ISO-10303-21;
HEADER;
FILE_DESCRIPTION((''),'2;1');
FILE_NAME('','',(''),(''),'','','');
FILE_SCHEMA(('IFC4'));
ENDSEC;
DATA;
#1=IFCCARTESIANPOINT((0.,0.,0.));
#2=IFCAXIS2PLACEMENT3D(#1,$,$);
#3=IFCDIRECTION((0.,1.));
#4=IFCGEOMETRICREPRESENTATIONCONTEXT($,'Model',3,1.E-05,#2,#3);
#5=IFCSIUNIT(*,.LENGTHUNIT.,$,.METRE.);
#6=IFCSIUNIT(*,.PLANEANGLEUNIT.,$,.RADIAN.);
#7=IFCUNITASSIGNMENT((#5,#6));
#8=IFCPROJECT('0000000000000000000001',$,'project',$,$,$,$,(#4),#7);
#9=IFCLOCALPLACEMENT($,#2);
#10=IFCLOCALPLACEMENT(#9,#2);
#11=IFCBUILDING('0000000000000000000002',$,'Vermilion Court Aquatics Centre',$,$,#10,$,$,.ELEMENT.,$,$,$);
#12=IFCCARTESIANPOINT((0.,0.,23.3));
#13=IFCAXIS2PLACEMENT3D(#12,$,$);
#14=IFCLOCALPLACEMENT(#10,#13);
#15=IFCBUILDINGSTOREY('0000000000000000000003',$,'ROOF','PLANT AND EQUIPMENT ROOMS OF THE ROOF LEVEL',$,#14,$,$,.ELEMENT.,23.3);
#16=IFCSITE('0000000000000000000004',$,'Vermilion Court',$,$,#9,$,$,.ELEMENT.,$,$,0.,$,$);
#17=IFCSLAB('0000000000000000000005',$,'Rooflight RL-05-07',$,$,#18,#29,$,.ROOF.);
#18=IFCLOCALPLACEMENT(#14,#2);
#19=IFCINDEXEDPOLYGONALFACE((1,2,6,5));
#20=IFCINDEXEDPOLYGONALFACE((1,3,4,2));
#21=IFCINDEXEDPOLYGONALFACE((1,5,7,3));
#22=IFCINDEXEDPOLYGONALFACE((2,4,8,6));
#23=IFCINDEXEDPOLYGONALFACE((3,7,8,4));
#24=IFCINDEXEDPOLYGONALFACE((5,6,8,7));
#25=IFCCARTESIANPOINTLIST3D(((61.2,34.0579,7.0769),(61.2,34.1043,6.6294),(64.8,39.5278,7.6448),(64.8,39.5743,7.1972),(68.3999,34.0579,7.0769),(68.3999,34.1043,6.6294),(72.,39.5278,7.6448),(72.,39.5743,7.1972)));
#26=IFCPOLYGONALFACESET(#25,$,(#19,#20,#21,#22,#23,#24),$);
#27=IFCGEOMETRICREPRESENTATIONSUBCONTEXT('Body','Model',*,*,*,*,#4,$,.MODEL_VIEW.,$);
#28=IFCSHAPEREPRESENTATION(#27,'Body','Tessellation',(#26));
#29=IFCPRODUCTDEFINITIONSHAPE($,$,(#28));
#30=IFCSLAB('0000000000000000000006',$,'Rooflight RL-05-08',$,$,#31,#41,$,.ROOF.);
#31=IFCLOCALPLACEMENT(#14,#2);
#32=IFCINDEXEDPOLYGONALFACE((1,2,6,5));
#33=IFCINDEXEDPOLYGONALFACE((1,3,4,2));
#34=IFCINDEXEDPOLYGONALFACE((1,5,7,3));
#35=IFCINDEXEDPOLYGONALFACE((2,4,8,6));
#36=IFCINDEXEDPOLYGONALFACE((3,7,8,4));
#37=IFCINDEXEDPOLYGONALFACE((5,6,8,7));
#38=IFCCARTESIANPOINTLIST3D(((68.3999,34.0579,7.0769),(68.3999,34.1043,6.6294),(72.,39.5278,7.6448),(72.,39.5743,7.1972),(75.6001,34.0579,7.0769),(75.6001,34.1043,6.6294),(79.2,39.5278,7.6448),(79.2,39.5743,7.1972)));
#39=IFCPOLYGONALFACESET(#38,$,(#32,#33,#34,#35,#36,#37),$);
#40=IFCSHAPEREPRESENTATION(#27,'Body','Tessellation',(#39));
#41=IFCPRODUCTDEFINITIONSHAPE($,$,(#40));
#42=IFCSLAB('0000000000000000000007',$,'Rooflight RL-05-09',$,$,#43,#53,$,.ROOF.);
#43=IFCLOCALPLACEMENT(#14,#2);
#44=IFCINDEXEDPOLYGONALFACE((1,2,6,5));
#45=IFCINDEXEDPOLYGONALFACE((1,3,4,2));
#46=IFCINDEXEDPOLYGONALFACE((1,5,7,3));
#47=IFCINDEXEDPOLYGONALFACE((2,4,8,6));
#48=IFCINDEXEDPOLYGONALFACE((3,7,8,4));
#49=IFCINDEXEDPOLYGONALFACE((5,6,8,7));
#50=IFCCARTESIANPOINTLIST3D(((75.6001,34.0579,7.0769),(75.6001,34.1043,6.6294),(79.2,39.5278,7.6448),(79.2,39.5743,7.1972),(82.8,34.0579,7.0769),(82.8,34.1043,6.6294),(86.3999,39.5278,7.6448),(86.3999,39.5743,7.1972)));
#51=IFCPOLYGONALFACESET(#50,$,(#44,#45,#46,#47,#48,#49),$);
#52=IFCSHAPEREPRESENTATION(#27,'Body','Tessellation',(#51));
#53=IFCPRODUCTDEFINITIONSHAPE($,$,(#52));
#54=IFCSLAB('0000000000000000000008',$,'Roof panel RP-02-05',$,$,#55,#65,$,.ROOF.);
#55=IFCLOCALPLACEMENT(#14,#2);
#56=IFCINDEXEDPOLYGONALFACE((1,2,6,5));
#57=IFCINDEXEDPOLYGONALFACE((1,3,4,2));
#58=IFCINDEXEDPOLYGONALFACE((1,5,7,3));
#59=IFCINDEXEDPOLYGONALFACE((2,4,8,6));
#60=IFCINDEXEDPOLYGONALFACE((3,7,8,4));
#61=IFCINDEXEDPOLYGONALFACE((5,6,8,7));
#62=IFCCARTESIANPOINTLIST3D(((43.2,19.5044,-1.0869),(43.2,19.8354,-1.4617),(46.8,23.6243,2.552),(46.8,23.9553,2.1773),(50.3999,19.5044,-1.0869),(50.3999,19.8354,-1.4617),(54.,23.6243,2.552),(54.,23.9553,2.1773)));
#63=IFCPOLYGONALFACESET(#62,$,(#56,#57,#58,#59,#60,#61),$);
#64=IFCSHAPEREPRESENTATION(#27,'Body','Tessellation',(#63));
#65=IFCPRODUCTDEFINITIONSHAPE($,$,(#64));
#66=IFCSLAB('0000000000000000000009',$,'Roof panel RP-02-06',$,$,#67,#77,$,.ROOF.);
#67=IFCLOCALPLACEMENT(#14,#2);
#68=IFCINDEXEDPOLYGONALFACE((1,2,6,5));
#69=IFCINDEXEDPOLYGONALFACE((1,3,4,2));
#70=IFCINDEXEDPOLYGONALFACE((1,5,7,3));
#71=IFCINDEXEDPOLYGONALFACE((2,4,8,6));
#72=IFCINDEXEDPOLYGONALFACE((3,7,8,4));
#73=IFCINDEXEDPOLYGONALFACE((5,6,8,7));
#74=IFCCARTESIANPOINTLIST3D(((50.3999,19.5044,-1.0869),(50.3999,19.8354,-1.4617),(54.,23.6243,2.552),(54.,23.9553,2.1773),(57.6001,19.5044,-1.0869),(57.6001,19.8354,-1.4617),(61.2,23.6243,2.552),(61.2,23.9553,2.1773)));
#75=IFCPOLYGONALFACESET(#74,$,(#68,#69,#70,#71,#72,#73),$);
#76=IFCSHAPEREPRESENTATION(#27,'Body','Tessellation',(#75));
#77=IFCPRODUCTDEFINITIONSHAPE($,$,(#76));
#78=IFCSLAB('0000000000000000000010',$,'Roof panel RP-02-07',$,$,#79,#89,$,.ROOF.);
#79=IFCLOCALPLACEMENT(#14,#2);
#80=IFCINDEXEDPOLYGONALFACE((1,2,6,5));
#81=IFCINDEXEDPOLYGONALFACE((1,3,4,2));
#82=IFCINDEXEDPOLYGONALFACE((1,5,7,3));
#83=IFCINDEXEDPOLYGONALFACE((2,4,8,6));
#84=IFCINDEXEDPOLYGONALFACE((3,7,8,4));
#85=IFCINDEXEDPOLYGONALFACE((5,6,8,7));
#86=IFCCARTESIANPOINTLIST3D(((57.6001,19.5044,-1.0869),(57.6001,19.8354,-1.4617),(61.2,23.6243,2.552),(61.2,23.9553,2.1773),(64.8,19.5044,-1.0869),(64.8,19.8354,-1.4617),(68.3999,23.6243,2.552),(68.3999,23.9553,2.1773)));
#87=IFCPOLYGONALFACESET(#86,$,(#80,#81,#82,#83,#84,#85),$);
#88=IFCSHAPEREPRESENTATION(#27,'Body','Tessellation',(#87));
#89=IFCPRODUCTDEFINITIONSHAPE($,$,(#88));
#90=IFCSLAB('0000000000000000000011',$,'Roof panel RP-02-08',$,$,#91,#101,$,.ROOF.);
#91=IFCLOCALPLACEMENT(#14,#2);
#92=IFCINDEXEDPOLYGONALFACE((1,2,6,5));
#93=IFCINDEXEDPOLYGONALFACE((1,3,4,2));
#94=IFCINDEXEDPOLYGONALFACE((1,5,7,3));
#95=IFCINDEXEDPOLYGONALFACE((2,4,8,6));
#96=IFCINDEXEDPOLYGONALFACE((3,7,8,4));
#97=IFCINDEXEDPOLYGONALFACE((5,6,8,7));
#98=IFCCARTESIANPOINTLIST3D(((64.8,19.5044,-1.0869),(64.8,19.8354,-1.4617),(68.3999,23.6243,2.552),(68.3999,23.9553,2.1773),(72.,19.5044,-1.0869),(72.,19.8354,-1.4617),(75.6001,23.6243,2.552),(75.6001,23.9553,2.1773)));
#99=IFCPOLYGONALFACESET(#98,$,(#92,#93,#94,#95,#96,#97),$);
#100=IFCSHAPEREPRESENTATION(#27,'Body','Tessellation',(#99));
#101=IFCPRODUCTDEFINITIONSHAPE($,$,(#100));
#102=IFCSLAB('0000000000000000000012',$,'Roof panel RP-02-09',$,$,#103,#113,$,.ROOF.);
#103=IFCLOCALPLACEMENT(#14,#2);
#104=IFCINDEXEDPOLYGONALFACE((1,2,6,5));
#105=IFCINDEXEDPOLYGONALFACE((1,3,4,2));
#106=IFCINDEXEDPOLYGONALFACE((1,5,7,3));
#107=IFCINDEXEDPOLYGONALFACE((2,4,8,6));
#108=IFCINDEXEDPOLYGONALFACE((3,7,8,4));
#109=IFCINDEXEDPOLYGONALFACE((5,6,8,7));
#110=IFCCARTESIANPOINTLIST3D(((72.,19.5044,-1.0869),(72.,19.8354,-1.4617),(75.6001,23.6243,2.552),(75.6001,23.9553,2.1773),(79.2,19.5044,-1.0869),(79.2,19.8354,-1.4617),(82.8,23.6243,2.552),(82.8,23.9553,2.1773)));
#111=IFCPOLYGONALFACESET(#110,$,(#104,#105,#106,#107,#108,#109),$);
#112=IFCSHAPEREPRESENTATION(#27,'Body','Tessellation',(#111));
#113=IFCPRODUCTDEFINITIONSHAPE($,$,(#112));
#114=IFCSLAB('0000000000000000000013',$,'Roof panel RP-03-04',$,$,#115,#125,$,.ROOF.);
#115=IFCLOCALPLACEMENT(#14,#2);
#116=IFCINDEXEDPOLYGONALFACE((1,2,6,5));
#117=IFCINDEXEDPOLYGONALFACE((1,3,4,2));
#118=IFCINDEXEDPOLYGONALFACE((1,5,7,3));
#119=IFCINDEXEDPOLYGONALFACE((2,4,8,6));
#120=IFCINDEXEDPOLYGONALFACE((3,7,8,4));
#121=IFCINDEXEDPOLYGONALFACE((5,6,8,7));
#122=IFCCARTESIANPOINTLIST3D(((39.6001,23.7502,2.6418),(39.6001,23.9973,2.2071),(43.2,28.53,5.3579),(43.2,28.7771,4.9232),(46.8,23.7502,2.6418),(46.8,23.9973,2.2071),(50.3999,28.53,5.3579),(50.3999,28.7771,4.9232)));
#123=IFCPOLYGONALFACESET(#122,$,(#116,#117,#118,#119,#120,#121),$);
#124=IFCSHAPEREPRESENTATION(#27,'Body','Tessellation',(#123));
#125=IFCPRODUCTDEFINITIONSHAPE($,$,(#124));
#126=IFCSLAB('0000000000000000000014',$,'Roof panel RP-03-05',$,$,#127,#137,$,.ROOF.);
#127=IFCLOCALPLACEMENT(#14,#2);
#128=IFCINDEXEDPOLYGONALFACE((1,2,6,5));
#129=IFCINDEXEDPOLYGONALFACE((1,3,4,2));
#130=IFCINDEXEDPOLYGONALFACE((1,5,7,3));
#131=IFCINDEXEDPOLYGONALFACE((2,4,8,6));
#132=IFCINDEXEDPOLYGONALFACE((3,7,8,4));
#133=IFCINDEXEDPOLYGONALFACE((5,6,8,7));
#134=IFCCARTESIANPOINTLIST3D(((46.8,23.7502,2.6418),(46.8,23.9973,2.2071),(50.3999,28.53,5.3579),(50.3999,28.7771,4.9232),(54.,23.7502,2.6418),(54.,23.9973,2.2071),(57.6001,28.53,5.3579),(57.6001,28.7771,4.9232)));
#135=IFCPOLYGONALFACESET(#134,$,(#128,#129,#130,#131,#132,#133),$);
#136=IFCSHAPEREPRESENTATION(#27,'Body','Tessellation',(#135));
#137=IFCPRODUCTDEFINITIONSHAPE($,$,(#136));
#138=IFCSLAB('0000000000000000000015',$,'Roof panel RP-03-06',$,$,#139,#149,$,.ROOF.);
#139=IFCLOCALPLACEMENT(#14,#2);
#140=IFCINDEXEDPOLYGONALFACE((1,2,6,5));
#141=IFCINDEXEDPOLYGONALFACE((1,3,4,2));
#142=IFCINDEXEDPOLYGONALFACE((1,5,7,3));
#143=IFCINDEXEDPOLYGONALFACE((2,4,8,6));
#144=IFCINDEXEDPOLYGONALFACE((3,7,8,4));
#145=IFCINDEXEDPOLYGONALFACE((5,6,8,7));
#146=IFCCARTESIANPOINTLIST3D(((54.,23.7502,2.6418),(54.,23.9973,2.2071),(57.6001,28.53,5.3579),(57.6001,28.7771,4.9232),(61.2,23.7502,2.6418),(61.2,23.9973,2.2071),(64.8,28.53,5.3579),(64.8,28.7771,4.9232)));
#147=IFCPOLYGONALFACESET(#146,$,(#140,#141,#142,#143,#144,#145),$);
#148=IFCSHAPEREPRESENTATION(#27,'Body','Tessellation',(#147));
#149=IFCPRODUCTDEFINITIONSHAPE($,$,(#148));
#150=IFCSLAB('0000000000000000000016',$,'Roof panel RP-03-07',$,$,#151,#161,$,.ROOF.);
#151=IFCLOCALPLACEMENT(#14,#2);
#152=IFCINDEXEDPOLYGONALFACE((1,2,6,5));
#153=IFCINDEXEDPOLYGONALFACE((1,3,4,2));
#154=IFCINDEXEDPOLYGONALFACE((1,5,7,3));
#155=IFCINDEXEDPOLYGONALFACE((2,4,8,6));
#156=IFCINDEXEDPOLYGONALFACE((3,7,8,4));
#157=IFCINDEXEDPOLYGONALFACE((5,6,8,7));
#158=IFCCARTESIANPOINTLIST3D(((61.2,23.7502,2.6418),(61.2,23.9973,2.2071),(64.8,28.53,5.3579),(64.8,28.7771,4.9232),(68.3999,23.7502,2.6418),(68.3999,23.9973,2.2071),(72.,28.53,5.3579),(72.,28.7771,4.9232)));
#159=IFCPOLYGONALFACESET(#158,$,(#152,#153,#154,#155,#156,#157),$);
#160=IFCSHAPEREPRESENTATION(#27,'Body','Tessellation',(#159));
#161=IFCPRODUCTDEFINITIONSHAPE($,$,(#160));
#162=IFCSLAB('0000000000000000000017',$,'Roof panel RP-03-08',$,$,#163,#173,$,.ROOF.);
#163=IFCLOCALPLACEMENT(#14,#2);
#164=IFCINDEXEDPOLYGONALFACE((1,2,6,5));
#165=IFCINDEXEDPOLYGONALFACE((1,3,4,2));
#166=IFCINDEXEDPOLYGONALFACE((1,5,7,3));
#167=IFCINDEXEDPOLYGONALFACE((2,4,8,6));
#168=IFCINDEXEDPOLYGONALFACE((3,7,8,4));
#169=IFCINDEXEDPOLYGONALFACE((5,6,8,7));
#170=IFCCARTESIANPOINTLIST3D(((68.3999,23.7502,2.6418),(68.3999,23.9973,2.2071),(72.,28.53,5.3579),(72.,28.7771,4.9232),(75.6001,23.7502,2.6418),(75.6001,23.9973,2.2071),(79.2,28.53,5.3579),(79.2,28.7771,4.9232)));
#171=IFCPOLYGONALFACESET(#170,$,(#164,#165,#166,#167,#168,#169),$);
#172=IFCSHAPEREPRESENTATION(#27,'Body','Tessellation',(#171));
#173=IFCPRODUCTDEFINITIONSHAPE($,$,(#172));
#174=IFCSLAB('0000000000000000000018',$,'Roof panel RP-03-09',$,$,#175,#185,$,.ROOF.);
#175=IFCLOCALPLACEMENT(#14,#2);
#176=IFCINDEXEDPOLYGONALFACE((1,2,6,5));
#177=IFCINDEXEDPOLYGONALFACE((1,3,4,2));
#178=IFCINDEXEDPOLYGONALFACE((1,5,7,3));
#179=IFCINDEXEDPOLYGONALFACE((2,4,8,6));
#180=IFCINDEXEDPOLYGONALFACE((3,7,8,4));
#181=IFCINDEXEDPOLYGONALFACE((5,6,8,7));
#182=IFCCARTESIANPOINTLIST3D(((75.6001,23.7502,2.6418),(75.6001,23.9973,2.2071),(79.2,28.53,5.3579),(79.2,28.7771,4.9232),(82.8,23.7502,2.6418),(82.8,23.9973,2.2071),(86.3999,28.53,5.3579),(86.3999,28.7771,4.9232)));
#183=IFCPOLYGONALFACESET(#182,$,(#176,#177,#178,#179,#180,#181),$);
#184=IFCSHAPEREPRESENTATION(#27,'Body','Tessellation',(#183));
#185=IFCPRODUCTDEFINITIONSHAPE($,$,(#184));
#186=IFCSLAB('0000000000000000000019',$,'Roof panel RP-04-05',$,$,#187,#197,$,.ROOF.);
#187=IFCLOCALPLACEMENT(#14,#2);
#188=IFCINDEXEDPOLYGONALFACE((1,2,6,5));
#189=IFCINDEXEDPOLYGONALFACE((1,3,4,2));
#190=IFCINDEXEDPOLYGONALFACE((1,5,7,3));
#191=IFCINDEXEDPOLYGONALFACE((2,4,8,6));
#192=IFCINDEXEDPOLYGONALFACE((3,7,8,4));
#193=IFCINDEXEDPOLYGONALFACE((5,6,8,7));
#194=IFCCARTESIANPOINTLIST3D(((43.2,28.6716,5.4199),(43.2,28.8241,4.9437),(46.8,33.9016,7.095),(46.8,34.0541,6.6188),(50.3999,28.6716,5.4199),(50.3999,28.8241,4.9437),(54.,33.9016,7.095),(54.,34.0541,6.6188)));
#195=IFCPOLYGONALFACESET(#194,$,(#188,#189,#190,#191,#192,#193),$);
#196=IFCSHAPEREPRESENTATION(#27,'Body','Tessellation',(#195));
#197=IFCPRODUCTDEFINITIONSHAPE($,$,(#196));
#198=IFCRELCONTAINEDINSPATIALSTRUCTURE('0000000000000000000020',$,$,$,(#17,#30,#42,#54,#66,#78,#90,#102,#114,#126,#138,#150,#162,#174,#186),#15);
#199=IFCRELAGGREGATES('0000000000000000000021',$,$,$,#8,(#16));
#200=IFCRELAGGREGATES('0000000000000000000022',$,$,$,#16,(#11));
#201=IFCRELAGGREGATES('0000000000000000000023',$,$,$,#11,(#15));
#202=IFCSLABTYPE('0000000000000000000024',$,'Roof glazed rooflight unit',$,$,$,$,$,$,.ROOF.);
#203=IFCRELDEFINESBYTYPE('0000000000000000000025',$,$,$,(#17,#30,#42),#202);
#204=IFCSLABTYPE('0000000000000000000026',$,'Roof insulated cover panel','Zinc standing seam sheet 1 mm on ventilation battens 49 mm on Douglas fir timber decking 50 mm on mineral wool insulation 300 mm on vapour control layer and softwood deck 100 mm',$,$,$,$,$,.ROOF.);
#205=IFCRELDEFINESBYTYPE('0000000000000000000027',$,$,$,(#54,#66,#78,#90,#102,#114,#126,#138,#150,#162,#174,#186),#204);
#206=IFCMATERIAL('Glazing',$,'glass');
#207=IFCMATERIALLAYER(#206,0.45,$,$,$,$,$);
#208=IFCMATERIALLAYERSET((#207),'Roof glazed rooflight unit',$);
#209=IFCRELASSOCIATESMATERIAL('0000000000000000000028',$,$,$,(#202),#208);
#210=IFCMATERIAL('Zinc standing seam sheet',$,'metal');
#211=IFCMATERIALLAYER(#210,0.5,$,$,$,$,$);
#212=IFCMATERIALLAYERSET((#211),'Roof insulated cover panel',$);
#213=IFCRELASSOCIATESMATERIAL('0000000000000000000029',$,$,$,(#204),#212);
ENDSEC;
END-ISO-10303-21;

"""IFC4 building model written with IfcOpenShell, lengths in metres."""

from ifc_helpers import new_model, si_unit, direction, frame, origin, place, context, subcontext, project, spatial, polyline, outline, extrude, material, layer, layer_set, type_object, element, save


model = new_model("IFC4")

# Units and contexts
model_context = context("Model", 3, precision=1e-05, world=origin(), true_north=direction((0.0, 1.0)))
body_context = subcontext(model_context, "Body", "Model", "MODEL_VIEW")
ifc_project = project(units=[si_unit("LENGTHUNIT", "METRE"), si_unit("PLANEANGLEUNIT", "RADIAN")], contexts=[model_context])

# Site, building, storey
site_placement = place(None, origin())
site = spatial("IfcSite", under=ifc_project, at=site_placement, Name="Vermilion Court", CompositionType="ELEMENT", RefElevation=0.0)
building_placement = place(site_placement, origin())
building = spatial("IfcBuilding", under=site, at=building_placement, Name="Vermilion Court Aquatics Centre", CompositionType="ELEMENT")
storey_placement = place(building_placement, frame((0.0, 0.0, 23.3)))
storey = spatial("IfcBuildingStorey", under=building, at=storey_placement, Name="ROOF", Description="PLANT AND EQUIPMENT ROOMS OF THE ROOF LEVEL", CompositionType="ELEMENT", Elevation=23.3)

# Slabs
ifc_material_1 = material(Name="Glazing", Category="glass")
ifc_layer_1 = layer(ifc_material_1, 0.45)
ifc_layer_set_1 = layer_set([ifc_layer_1], Name="Roof glazed rooflight unit")
slab_type_1 = type_object("IfcSlabType", Name="Roof glazed rooflight unit", PredefinedType="ROOF", material=ifc_layer_set_1)
slab_1_placement = place(storey_placement, frame((61.2, 34.0579, 7.0769), z_axis=(0.0, -0.103261, 0.994654), x_axis=(1.0, 0.0, 0.0)))
element("IfcSlab", 1, at=slab_1_placement, inside=storey, type_object=slab_type_1, Name="Rooflight RL-05-07", PredefinedType="ROOF", context=body_context, shape_type="SweptSolid", body=[
    extrude(outline(polyline([(0.0, 0.0), (7.2, 0.0), (10.8, 5.4994), (3.6001, 5.4994), (0.0, 0.0)])), origin(), (0.0, 0.0, -1.0), 0.45),
])
slab_2_placement = place(storey_placement, frame((68.3999, 34.0579, 7.0769), z_axis=(0.0, -0.103261, 0.994654), x_axis=(1.0, 0.0, 0.0)))
element("IfcSlab", 2, at=slab_2_placement, inside=storey, type_object=slab_type_1, Name="Rooflight RL-05-08", PredefinedType="ROOF", context=body_context, shape_type="SweptSolid", body=[
    extrude(outline(polyline([(0.0, 0.0), (7.2002, 0.0), (10.8, 5.4994), (3.6001, 5.4994), (0.0, 0.0)])), origin(), (0.0, 0.0, -1.0), 0.45),
])
slab_3_placement = place(storey_placement, frame((75.6001, 34.0579, 7.0769), z_axis=(0.0, -0.103261, 0.994654), x_axis=(1.0, 0.0, 0.0)))
element("IfcSlab", 3, at=slab_3_placement, inside=storey, type_object=slab_type_1, Name="Rooflight RL-05-09", PredefinedType="ROOF", context=body_context, shape_type="SweptSolid", body=[
    extrude(outline(polyline([(0.0, 0.0), (7.2, 0.0), (10.7998, 5.4994), (3.5999, 5.4994), (0.0, 0.0)])), origin(), (0.0, 0.0, -1.0), 0.45),
])
ifc_material_2 = material(Name="Zinc standing seam sheet", Category="metal")
ifc_layer_2 = layer(ifc_material_2, 0.5)
ifc_layer_set_2 = layer_set([ifc_layer_2], Name="Roof insulated cover panel")
slab_type_2 = type_object("IfcSlabType", Name="Roof insulated cover panel", Description="Zinc standing seam sheet 1 mm on ventilation battens 49 mm on Douglas fir timber decking 50 mm on mineral wool insulation 300 mm on vapour control layer and softwood deck 100 mm", PredefinedType="ROOF", material=ifc_layer_set_2)
slab_4_placement = place(storey_placement, frame((43.2, 19.5044, -1.0869), z_axis=(0.0, -0.662003, 0.749501), x_axis=(1.0, 0.0, 0.0)))
element("IfcSlab", 4, at=slab_4_placement, inside=storey, type_object=slab_type_2, Name="Roof panel RP-02-05", PredefinedType="ROOF", context=body_context, shape_type="SweptSolid", body=[
    extrude(outline(polyline([(0.0, 0.0), (7.2, 0.0), (10.8, 5.4968), (3.6001, 5.4968), (0.0, 0.0)])), origin(), (0.0, 0.0, -1.0), 0.5),
])
slab_5_placement = place(storey_placement, frame((50.3999, 19.5044, -1.0869), z_axis=(0.0, -0.662003, 0.749501), x_axis=(1.0, 0.0, 0.0)))
element("IfcSlab", 5, at=slab_5_placement, inside=storey, type_object=slab_type_2, Name="Roof panel RP-02-06", PredefinedType="ROOF", context=body_context, shape_type="SweptSolid", body=[
    extrude(outline(polyline([(0.0, 0.0), (7.2002, 0.0), (10.8, 5.4968), (3.6001, 5.4968), (0.0, 0.0)])), origin(), (0.0, 0.0, -1.0), 0.5),
])
slab_6_placement = place(storey_placement, frame((57.6001, 19.5044, -1.0869), z_axis=(0.0, -0.662003, 0.749501), x_axis=(1.0, 0.0, 0.0)))
element("IfcSlab", 6, at=slab_6_placement, inside=storey, type_object=slab_type_2, Name="Roof panel RP-02-07", PredefinedType="ROOF", context=body_context, shape_type="SweptSolid", body=[
    extrude(outline(polyline([(0.0, 0.0), (7.2, 0.0), (10.7998, 5.4968), (3.5999, 5.4968), (0.0, 0.0)])), origin(), (0.0, 0.0, -1.0), 0.5),
])
slab_7_placement = place(storey_placement, frame((64.8, 19.5044, -1.0869), z_axis=(0.0, -0.662003, 0.749501), x_axis=(1.0, 0.0, 0.0)))
element("IfcSlab", 7, at=slab_7_placement, inside=storey, type_object=slab_type_2, Name="Roof panel RP-02-08", PredefinedType="ROOF", context=body_context, shape_type="SweptSolid", body=[
    extrude(outline(polyline([(0.0, 0.0), (7.2, 0.0), (10.8, 5.4968), (3.5999, 5.4968), (0.0, 0.0)])), origin(), (0.0, 0.0, -1.0), 0.5),
])
slab_8_placement = place(storey_placement, frame((72.0, 19.5044, -1.0869), z_axis=(0.0, -0.662003, 0.749501), x_axis=(1.0, 0.0, 0.0)))
element("IfcSlab", 8, at=slab_8_placement, inside=storey, type_object=slab_type_2, Name="Roof panel RP-02-09", PredefinedType="ROOF", context=body_context, shape_type="SweptSolid", body=[
    extrude(outline(polyline([(0.0, 0.0), (7.2, 0.0), (10.8, 5.4968), (3.6001, 5.4968), (0.0, 0.0)])), origin(), (0.0, 0.0, -1.0), 0.5),
])
slab_9_placement = place(storey_placement, frame((39.6001, 23.7502, 2.6418), z_axis=(0.0, -0.494048, 0.869435), x_axis=(1.0, 0.0, 0.0)))
element("IfcSlab", 9, at=slab_9_placement, inside=storey, type_object=slab_type_2, Name="Roof panel RP-03-04", PredefinedType="ROOF", context=body_context, shape_type="SweptSolid", body=[
    extrude(outline(polyline([(0.0, 0.0), (7.2, 0.0), (10.7998, 5.4976), (3.5999, 5.4976), (0.0, 0.0)])), origin(), (0.0, 0.0, -1.0), 0.5),
])
slab_10_placement = place(storey_placement, frame((46.8, 23.7502, 2.6418), z_axis=(0.0, -0.494048, 0.869435), x_axis=(1.0, 0.0, 0.0)))
element("IfcSlab", 10, at=slab_10_placement, inside=storey, type_object=slab_type_2, Name="Roof panel RP-03-05", PredefinedType="ROOF", context=body_context, shape_type="SweptSolid", body=[
    extrude(outline(polyline([(0.0, 0.0), (7.2, 0.0), (10.8, 5.4976), (3.5999, 5.4976), (0.0, 0.0)])), origin(), (0.0, 0.0, -1.0), 0.5),
])
for number, where, z_axis, x_axis, name in (
    (11, (54.0, 23.7502, 2.6418), (0.0, -0.494048, 0.869435), (1.0, 0.0, 0.0), "Roof panel RP-03-06"),
    (12, (61.2, 23.7502, 2.6418), (0.0, -0.494048, 0.869435), (1.0, 0.0, 0.0), "Roof panel RP-03-07"),
):
    element("IfcSlab", number, at=place(storey_placement, frame(where, z_axis=z_axis, x_axis=x_axis)), inside=storey, type_object=slab_type_2, Name=name, PredefinedType="ROOF", context=body_context, shape_type="SweptSolid", body=[
        extrude(outline(polyline([(0.0, 0.0), (7.2, 0.0), (10.8, 5.4976), (3.6001, 5.4976), (0.0, 0.0)])), origin(), (0.0, 0.0, -1.0), 0.5),
    ])
slab_11_placement = place(storey_placement, frame((68.3999, 23.7502, 2.6418), z_axis=(0.0, -0.494048, 0.869435), x_axis=(1.0, 0.0, 0.0)))
element("IfcSlab", 13, at=slab_11_placement, inside=storey, type_object=slab_type_2, Name="Roof panel RP-03-08", PredefinedType="ROOF", context=body_context, shape_type="SweptSolid", body=[
    extrude(outline(polyline([(0.0, 0.0), (7.2002, 0.0), (10.8, 5.4976), (3.6001, 5.4976), (0.0, 0.0)])), origin(), (0.0, 0.0, -1.0), 0.5),
])
slab_12_placement = place(storey_placement, frame((75.6001, 23.7502, 2.6418), z_axis=(0.0, -0.494048, 0.869435), x_axis=(1.0, 0.0, 0.0)))
element("IfcSlab", 14, at=slab_12_placement, inside=storey, type_object=slab_type_2, Name="Roof panel RP-03-09", PredefinedType="ROOF", context=body_context, shape_type="SweptSolid", body=[
    extrude(outline(polyline([(0.0, 0.0), (7.2, 0.0), (10.7998, 5.4976), (3.5999, 5.4976), (0.0, 0.0)])), origin(), (0.0, 0.0, -1.0), 0.5),
])
slab_13_placement = place(storey_placement, frame((43.2, 28.6716, 5.4199), z_axis=(0.0, -0.305016, 0.952347), x_axis=(1.0, 0.0, 0.0)))
element("IfcSlab", 15, at=slab_13_placement, inside=storey, type_object=slab_type_2, Name="Roof panel RP-04-05", PredefinedType="ROOF", context=body_context, shape_type="SweptSolid", body=[
    extrude(outline(polyline([(0.0, 0.0), (7.2, 0.0), (10.8, 5.4917), (3.6001, 5.4917), (0.0, 0.0)])), origin(), (0.0, 0.0, -1.0), 0.5),
])

save(model, "model.ifc")
